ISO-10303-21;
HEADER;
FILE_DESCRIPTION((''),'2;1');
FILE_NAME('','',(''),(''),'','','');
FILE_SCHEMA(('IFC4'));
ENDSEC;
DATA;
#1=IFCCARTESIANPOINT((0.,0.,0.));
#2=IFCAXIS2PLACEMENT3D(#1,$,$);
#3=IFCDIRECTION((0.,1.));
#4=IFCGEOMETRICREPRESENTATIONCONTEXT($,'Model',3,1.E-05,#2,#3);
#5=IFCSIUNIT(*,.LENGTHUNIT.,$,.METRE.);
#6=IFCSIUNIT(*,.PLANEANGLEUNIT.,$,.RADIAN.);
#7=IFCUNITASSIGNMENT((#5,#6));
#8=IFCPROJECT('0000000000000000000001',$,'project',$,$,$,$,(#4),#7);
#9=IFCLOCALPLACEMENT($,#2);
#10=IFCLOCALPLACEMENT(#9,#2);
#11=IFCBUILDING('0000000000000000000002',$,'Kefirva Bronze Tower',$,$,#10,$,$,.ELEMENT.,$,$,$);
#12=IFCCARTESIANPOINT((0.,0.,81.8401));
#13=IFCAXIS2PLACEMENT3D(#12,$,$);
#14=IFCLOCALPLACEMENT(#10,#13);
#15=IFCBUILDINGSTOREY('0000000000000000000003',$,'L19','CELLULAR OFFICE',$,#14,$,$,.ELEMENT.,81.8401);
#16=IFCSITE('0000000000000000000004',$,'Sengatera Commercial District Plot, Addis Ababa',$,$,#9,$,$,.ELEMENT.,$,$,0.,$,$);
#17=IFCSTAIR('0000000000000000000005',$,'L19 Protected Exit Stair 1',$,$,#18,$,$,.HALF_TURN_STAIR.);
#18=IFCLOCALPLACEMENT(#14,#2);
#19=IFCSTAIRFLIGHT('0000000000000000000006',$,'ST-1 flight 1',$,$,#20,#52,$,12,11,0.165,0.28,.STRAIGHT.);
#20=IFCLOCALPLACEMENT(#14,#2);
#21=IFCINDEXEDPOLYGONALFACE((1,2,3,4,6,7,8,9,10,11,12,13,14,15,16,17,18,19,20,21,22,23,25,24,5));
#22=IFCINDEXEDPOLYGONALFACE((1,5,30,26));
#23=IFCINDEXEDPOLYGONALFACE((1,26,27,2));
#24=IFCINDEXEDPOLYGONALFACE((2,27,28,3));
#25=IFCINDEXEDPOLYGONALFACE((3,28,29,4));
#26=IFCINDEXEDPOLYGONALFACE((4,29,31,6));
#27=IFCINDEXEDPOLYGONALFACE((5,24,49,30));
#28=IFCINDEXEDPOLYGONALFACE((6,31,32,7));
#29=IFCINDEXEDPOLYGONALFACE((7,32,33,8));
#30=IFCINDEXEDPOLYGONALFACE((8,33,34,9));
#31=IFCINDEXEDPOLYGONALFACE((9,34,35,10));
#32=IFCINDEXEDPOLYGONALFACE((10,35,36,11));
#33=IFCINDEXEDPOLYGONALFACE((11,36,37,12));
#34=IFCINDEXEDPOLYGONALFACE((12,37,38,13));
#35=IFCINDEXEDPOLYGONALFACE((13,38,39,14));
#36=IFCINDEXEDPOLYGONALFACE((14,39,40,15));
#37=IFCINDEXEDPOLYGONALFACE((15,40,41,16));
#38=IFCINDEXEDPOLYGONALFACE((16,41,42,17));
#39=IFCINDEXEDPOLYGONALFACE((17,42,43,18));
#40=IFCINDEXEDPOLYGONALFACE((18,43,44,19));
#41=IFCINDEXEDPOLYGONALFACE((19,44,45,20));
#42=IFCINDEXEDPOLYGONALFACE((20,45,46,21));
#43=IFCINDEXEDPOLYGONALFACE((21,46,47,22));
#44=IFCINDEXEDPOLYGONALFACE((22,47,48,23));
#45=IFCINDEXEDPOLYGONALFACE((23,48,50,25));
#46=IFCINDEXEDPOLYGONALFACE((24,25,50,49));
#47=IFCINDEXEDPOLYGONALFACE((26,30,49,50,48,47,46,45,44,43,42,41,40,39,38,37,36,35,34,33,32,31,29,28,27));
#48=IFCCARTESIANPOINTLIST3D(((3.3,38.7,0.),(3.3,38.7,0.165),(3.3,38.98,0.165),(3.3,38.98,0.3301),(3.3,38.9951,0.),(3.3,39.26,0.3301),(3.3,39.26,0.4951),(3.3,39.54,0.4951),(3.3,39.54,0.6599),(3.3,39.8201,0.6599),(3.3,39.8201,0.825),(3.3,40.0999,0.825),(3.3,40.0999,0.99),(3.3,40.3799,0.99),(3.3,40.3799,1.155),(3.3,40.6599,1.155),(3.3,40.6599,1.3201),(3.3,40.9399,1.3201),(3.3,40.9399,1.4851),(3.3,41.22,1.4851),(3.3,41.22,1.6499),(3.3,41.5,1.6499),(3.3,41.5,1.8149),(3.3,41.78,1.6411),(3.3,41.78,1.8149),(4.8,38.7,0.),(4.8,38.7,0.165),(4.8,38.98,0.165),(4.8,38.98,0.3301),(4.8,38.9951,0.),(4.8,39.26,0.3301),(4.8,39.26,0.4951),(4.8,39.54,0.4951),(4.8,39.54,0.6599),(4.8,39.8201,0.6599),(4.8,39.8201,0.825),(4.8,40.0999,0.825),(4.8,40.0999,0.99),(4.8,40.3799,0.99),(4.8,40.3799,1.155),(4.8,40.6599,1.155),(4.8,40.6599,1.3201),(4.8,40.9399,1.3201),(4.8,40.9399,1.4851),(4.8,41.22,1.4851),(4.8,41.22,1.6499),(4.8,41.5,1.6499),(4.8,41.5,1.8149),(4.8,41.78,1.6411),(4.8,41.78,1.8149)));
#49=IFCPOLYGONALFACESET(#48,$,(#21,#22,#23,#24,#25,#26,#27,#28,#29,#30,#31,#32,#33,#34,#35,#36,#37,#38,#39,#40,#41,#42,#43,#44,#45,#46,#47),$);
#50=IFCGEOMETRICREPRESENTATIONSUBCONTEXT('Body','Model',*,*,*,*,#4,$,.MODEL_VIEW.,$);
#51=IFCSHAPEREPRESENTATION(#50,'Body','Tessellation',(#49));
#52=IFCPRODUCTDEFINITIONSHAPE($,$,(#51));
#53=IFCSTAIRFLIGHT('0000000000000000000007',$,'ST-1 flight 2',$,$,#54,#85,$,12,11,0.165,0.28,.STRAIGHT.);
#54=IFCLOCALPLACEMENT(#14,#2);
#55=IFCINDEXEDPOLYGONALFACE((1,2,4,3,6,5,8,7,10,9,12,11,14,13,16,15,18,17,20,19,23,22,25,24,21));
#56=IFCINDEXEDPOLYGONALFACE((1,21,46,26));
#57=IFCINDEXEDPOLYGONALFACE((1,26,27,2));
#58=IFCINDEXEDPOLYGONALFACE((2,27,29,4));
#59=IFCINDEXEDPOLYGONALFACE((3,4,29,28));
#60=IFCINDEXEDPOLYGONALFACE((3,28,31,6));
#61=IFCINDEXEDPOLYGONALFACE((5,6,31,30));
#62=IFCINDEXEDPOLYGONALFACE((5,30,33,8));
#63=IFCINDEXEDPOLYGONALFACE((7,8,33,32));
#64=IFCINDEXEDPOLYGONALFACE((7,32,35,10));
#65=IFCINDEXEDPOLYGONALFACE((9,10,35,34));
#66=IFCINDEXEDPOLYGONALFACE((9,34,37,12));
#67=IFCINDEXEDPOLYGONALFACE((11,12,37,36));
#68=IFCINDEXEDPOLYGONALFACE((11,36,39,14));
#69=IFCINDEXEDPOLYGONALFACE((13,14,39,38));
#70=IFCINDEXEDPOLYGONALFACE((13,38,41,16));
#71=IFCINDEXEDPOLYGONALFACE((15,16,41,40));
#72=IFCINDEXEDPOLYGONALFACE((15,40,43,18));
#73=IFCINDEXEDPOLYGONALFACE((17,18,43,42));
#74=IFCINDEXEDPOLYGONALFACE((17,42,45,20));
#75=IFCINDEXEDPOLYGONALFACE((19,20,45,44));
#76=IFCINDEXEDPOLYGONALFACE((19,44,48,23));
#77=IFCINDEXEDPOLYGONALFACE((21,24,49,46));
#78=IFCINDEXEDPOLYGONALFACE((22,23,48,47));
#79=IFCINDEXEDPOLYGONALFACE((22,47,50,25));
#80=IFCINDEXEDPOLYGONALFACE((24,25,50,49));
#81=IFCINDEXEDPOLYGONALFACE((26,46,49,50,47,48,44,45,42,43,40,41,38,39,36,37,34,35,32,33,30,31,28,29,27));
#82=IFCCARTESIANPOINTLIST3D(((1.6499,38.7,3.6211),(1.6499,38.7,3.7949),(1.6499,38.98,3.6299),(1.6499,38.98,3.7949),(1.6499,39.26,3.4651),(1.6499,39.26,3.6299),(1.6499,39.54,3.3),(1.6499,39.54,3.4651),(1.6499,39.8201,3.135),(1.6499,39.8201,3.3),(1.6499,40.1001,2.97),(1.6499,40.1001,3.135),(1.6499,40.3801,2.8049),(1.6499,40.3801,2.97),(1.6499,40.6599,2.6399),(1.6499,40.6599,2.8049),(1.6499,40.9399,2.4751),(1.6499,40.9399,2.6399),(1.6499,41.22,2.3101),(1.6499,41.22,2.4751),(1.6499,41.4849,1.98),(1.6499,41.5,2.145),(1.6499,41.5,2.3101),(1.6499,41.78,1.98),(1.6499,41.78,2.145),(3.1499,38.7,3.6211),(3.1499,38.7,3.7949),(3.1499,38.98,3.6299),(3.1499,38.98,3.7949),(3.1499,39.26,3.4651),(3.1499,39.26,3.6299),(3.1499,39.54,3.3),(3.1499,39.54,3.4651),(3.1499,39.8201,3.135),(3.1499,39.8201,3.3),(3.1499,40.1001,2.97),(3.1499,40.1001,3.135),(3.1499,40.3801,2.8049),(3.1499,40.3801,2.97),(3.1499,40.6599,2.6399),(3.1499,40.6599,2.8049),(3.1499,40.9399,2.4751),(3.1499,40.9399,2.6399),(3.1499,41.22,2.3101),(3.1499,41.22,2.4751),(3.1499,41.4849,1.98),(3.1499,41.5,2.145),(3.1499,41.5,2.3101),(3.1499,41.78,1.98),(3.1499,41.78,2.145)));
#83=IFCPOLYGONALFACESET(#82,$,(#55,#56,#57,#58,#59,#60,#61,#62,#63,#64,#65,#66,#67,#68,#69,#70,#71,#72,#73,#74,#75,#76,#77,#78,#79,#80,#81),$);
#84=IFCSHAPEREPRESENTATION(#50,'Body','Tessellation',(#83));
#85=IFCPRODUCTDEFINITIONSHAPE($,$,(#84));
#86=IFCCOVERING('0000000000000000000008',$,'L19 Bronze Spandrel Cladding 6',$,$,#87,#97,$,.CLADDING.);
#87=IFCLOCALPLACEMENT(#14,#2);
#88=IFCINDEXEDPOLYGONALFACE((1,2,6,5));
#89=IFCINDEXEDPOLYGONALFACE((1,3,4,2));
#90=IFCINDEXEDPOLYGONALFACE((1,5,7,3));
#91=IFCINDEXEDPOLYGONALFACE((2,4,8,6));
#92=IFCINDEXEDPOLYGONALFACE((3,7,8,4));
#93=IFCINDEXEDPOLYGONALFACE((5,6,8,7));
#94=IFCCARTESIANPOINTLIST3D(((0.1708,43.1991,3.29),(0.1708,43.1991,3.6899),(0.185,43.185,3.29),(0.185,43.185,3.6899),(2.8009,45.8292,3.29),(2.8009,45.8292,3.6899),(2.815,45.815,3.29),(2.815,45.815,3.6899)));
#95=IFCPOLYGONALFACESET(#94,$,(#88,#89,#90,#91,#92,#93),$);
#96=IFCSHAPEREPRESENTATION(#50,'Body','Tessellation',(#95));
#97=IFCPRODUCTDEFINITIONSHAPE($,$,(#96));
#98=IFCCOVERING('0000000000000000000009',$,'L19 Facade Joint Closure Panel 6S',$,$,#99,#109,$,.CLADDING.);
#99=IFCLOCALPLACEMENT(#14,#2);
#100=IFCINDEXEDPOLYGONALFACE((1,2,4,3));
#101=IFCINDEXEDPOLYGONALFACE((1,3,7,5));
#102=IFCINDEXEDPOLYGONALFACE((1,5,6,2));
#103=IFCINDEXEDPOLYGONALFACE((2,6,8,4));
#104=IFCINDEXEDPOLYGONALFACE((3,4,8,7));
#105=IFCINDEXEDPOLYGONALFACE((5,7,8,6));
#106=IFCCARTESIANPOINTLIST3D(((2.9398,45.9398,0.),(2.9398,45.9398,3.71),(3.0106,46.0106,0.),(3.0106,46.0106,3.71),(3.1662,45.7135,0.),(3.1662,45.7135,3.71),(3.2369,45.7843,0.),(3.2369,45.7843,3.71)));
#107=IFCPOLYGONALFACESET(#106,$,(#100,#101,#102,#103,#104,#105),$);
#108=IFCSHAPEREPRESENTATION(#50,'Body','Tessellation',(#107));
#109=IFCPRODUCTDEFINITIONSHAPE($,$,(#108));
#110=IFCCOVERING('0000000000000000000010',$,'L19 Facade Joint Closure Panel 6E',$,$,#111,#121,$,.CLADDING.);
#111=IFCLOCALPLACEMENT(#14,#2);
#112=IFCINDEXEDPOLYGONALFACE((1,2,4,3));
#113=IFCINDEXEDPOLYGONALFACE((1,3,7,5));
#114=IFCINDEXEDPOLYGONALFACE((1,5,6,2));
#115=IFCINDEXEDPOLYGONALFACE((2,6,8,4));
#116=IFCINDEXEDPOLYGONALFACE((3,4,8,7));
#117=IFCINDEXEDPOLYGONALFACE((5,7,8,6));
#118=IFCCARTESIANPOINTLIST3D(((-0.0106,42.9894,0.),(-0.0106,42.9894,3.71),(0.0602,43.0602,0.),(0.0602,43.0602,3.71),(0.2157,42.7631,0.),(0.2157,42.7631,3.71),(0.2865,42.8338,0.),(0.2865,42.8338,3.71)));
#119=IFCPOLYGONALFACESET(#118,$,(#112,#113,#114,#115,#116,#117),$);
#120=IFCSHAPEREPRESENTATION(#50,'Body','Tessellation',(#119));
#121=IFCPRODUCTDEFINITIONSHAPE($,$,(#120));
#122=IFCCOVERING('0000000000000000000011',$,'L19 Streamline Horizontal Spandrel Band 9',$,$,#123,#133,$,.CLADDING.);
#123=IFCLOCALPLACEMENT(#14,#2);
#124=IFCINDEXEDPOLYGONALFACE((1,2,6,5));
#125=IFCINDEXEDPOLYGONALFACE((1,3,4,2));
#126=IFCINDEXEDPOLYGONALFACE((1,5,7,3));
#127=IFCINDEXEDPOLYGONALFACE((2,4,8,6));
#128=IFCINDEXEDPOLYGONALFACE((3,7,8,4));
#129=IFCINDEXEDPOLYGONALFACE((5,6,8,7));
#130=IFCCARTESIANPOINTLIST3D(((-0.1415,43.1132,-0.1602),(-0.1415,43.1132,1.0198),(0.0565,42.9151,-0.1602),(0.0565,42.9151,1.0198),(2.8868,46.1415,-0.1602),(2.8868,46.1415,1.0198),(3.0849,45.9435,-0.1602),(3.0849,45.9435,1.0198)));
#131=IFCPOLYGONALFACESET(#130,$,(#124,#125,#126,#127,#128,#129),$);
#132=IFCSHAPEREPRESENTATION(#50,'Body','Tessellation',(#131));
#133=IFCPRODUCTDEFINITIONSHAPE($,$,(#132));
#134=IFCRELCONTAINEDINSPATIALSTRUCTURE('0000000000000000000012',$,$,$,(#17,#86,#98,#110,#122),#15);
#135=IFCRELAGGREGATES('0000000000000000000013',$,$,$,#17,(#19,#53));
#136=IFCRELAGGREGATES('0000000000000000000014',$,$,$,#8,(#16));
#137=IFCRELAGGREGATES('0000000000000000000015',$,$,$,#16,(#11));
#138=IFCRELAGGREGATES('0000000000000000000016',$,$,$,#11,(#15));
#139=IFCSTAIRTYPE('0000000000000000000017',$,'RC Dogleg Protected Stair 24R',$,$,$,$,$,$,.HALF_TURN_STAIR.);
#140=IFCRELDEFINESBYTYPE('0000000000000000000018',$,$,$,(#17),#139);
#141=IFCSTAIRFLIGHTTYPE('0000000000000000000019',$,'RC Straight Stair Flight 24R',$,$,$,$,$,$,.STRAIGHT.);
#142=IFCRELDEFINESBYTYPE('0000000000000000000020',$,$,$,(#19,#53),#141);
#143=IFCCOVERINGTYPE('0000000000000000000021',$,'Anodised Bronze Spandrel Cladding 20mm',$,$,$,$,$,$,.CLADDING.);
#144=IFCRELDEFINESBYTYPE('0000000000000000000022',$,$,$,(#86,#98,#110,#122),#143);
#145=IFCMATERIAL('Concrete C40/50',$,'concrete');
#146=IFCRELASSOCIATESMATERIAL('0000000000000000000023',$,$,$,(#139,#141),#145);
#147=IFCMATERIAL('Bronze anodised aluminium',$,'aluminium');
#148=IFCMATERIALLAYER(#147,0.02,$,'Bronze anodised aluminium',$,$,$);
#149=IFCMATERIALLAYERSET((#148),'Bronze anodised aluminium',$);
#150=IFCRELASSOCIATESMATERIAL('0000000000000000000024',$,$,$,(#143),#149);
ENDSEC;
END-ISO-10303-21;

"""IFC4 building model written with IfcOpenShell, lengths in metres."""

from ifc_helpers import new_model, si_unit, direction, frame, origin, origin_2d, place, context, subcontext, project, spatial, polyline, rectangle, outline, extrude, material, layer, layer_set, type_object, element, aggregate, save


model = new_model("IFC4")

# Units and contexts
model_context = context("Model", 3, precision=1e-05, world=origin(), true_north=direction((0.0, 1.0)))
body_context = subcontext(model_context, "Body", "Model", "MODEL_VIEW")
ifc_project = project(units=[si_unit("LENGTHUNIT", "METRE"), si_unit("PLANEANGLEUNIT", "RADIAN")], contexts=[model_context])

# Site, building, storey
site_placement = place(None, origin())
site = spatial("IfcSite", under=ifc_project, at=site_placement, Name="Sengatera Commercial District Plot, Addis Ababa", CompositionType="ELEMENT", RefElevation=0.0)
building_placement = place(site_placement, origin())
building = spatial("IfcBuilding", under=site, at=building_placement, Name="Kefirva Bronze Tower", CompositionType="ELEMENT")
storey_placement = place(building_placement, frame((0.0, 0.0, 81.8401)))
storey = spatial("IfcBuildingStorey", under=building, at=storey_placement, Name="L19", Description="CELLULAR OFFICE", CompositionType="ELEMENT", Elevation=81.8401)

# Shared definitions
ifc_material_1 = material(Name="Bronze anodised aluminium", Category="aluminium")

# Stair, stair flights
ifc_material_2 = material(Name="Concrete C40/50", Category="concrete")
stair_type = type_object("IfcStairType", Name="RC Dogleg Protected Stair 24R", PredefinedType="HALF_TURN_STAIR", material=ifc_material_2)
stair_placement = place(storey_placement, origin())
stair = element("IfcStair", 1, at=stair_placement, inside=storey, type_object=stair_type, Name="L19 Protected Exit Stair 1", PredefinedType="HALF_TURN_STAIR")
stair_flight_type = type_object("IfcStairFlightType", Name="RC Straight Stair Flight 24R", PredefinedType="STRAIGHT", material=ifc_material_2)
stair_flight_1_placement = place(storey_placement, frame((4.05, 38.7, 0.0), z_axis=(0.0, 0.0, 1.0), x_axis=(0.0, 1.0, 0.0)))
stair_flight_1 = element("IfcStairFlight", 2, at=stair_flight_1_placement, type_object=stair_flight_type, Name="ST-1 flight 1", NumberOfRisers=12, NumberOfTreads=11, PredefinedType="STRAIGHT", RiserHeight=0.165, TreadLength=0.28, context=body_context, shape_type="SweptSolid", body=[
    extrude(outline(polyline([(0.0, 0.0), (0.0, 0.165), (0.28, 0.165), (0.28, 0.3301), (0.5601, 0.3301), (0.5601, 0.4951), (0.8401, 0.4951), (0.8401, 0.6599), (1.1201, 0.6599), (1.1201, 0.825), (1.3999, 0.825), (1.3999, 0.99), (1.6799, 0.99), (1.6799, 1.155), (1.96, 1.155), (1.96, 1.3201), (2.24, 1.3201), (2.24, 1.4851), (2.52, 1.4851), (2.52, 1.6499), (2.8, 1.6499), (2.8, 1.8149), (3.0801, 1.8149), (3.0801, 1.98), (3.0801, 1.6411), (0.2952, 0.0), (0.0, 0.0)])), frame((0.0, 0.75, 0.0), z_axis=(0.0, -1.0, 0.0), x_axis=(1.0, 0.0, 0.0)), (0.0, 0.0, 1.0), 1.5),
])
stair_flight_2_placement = place(storey_placement, frame((2.3999, 41.78, 1.98), z_axis=(0.0, 0.0, 1.0), x_axis=(0.0, -1.0, 0.0)))
stair_flight_2 = element("IfcStairFlight", 3, at=stair_flight_2_placement, type_object=stair_flight_type, Name="ST-1 flight 2", NumberOfRisers=12, NumberOfTreads=11, PredefinedType="STRAIGHT", RiserHeight=0.165, TreadLength=0.28, context=body_context, shape_type="SweptSolid", body=[
    extrude(outline(polyline([(0.0, 0.0), (0.0, 0.165), (0.28, 0.165), (0.28, 0.3301), (0.5601, 0.3301), (0.5601, 0.4951), (0.8401, 0.4951), (0.8401, 0.6599), (1.1201, 0.6599), (1.1201, 0.825), (1.3999, 0.825), (1.3999, 0.99), (1.6799, 0.99), (1.6799, 1.155), (1.96, 1.155), (1.96, 1.3201), (2.24, 1.3201), (2.24, 1.4851), (2.52, 1.4851), (2.52, 1.6499), (2.8, 1.6499), (2.8, 1.8149), (3.0801, 1.8149), (3.0801, 1.98), (3.0801, 1.6411), (0.2952, 0.0), (0.0, 0.0)])), frame((0.0, 0.75, 0.0), z_axis=(0.0, -1.0, 0.0), x_axis=(1.0, 0.0, 0.0)), (0.0, 0.0, 1.0), 1.5),
])
aggregate(stair, [stair_flight_1, stair_flight_2])

# Coverings
ifc_layer_1 = layer(ifc_material_1, 0.02, Name="Bronze anodised aluminium")
ifc_layer_set_1 = layer_set([ifc_layer_1], Name="Bronze anodised aluminium")
covering_type_1 = type_object("IfcCoveringType", Name="Anodised Bronze Spandrel Cladding 20mm", PredefinedType="CLADDING", material=ifc_layer_set_1)
covering_1_placement = place(storey_placement, frame((1.4929, 44.5071, 3.29), z_axis=(0.0, 0.0, 1.0), x_axis=(-0.707107, -0.707107, 0.0)))
element("IfcCovering", 4, at=covering_1_placement, inside=storey, type_object=covering_type_1, Name="L19 Bronze Spandrel Cladding 6", PredefinedType="CLADDING", context=body_context, shape_type="SweptSolid", body=[
    extrude(rectangle(XDim=3.7195, YDim=0.02, at=origin_2d()), origin(), (0.0, 0.0, 1.0), 0.3999),
])
for number, where, z_axis, x_axis, name in (
    (5, (3.0884, 45.8621, 0.0), (0.0, 0.0, 1.0), (-0.707107, -0.707107, 0.0), "L19 Facade Joint Closure Panel 6S"),
    (6, (0.1379, 42.9116, 0.0), (0.0, 0.0, 1.0), (-0.707107, -0.707107, 0.0), "L19 Facade Joint Closure Panel 6E"),
):
    element("IfcCovering", number, at=place(storey_placement, frame(where, z_axis=z_axis, x_axis=x_axis)), inside=storey, type_object=covering_type_1, Name=name, PredefinedType="CLADDING", context=body_context, shape_type="SweptSolid", body=[
        extrude(rectangle(XDim=0.1001, YDim=0.3201, at=origin_2d()), origin(), (0.0, 0.0, 1.0), 3.71),
    ])
covering_2_placement = place(storey_placement, frame((1.4717, 44.5283, -0.1602), z_axis=(0.0, 0.0, 1.0), x_axis=(-0.707107, -0.707107, 0.0)))
element("IfcCovering", 7, at=covering_2_placement, inside=storey, type_object=covering_type_1, Name="L19 Streamline Horizontal Spandrel Band 9", PredefinedType="CLADDING", context=body_context, shape_type="SweptSolid", body=[
    extrude(rectangle(XDim=4.2827, YDim=0.28, at=origin_2d()), origin(), (0.0, 0.0, 1.0), 1.1799),
])

save(model, "model.ifc")
